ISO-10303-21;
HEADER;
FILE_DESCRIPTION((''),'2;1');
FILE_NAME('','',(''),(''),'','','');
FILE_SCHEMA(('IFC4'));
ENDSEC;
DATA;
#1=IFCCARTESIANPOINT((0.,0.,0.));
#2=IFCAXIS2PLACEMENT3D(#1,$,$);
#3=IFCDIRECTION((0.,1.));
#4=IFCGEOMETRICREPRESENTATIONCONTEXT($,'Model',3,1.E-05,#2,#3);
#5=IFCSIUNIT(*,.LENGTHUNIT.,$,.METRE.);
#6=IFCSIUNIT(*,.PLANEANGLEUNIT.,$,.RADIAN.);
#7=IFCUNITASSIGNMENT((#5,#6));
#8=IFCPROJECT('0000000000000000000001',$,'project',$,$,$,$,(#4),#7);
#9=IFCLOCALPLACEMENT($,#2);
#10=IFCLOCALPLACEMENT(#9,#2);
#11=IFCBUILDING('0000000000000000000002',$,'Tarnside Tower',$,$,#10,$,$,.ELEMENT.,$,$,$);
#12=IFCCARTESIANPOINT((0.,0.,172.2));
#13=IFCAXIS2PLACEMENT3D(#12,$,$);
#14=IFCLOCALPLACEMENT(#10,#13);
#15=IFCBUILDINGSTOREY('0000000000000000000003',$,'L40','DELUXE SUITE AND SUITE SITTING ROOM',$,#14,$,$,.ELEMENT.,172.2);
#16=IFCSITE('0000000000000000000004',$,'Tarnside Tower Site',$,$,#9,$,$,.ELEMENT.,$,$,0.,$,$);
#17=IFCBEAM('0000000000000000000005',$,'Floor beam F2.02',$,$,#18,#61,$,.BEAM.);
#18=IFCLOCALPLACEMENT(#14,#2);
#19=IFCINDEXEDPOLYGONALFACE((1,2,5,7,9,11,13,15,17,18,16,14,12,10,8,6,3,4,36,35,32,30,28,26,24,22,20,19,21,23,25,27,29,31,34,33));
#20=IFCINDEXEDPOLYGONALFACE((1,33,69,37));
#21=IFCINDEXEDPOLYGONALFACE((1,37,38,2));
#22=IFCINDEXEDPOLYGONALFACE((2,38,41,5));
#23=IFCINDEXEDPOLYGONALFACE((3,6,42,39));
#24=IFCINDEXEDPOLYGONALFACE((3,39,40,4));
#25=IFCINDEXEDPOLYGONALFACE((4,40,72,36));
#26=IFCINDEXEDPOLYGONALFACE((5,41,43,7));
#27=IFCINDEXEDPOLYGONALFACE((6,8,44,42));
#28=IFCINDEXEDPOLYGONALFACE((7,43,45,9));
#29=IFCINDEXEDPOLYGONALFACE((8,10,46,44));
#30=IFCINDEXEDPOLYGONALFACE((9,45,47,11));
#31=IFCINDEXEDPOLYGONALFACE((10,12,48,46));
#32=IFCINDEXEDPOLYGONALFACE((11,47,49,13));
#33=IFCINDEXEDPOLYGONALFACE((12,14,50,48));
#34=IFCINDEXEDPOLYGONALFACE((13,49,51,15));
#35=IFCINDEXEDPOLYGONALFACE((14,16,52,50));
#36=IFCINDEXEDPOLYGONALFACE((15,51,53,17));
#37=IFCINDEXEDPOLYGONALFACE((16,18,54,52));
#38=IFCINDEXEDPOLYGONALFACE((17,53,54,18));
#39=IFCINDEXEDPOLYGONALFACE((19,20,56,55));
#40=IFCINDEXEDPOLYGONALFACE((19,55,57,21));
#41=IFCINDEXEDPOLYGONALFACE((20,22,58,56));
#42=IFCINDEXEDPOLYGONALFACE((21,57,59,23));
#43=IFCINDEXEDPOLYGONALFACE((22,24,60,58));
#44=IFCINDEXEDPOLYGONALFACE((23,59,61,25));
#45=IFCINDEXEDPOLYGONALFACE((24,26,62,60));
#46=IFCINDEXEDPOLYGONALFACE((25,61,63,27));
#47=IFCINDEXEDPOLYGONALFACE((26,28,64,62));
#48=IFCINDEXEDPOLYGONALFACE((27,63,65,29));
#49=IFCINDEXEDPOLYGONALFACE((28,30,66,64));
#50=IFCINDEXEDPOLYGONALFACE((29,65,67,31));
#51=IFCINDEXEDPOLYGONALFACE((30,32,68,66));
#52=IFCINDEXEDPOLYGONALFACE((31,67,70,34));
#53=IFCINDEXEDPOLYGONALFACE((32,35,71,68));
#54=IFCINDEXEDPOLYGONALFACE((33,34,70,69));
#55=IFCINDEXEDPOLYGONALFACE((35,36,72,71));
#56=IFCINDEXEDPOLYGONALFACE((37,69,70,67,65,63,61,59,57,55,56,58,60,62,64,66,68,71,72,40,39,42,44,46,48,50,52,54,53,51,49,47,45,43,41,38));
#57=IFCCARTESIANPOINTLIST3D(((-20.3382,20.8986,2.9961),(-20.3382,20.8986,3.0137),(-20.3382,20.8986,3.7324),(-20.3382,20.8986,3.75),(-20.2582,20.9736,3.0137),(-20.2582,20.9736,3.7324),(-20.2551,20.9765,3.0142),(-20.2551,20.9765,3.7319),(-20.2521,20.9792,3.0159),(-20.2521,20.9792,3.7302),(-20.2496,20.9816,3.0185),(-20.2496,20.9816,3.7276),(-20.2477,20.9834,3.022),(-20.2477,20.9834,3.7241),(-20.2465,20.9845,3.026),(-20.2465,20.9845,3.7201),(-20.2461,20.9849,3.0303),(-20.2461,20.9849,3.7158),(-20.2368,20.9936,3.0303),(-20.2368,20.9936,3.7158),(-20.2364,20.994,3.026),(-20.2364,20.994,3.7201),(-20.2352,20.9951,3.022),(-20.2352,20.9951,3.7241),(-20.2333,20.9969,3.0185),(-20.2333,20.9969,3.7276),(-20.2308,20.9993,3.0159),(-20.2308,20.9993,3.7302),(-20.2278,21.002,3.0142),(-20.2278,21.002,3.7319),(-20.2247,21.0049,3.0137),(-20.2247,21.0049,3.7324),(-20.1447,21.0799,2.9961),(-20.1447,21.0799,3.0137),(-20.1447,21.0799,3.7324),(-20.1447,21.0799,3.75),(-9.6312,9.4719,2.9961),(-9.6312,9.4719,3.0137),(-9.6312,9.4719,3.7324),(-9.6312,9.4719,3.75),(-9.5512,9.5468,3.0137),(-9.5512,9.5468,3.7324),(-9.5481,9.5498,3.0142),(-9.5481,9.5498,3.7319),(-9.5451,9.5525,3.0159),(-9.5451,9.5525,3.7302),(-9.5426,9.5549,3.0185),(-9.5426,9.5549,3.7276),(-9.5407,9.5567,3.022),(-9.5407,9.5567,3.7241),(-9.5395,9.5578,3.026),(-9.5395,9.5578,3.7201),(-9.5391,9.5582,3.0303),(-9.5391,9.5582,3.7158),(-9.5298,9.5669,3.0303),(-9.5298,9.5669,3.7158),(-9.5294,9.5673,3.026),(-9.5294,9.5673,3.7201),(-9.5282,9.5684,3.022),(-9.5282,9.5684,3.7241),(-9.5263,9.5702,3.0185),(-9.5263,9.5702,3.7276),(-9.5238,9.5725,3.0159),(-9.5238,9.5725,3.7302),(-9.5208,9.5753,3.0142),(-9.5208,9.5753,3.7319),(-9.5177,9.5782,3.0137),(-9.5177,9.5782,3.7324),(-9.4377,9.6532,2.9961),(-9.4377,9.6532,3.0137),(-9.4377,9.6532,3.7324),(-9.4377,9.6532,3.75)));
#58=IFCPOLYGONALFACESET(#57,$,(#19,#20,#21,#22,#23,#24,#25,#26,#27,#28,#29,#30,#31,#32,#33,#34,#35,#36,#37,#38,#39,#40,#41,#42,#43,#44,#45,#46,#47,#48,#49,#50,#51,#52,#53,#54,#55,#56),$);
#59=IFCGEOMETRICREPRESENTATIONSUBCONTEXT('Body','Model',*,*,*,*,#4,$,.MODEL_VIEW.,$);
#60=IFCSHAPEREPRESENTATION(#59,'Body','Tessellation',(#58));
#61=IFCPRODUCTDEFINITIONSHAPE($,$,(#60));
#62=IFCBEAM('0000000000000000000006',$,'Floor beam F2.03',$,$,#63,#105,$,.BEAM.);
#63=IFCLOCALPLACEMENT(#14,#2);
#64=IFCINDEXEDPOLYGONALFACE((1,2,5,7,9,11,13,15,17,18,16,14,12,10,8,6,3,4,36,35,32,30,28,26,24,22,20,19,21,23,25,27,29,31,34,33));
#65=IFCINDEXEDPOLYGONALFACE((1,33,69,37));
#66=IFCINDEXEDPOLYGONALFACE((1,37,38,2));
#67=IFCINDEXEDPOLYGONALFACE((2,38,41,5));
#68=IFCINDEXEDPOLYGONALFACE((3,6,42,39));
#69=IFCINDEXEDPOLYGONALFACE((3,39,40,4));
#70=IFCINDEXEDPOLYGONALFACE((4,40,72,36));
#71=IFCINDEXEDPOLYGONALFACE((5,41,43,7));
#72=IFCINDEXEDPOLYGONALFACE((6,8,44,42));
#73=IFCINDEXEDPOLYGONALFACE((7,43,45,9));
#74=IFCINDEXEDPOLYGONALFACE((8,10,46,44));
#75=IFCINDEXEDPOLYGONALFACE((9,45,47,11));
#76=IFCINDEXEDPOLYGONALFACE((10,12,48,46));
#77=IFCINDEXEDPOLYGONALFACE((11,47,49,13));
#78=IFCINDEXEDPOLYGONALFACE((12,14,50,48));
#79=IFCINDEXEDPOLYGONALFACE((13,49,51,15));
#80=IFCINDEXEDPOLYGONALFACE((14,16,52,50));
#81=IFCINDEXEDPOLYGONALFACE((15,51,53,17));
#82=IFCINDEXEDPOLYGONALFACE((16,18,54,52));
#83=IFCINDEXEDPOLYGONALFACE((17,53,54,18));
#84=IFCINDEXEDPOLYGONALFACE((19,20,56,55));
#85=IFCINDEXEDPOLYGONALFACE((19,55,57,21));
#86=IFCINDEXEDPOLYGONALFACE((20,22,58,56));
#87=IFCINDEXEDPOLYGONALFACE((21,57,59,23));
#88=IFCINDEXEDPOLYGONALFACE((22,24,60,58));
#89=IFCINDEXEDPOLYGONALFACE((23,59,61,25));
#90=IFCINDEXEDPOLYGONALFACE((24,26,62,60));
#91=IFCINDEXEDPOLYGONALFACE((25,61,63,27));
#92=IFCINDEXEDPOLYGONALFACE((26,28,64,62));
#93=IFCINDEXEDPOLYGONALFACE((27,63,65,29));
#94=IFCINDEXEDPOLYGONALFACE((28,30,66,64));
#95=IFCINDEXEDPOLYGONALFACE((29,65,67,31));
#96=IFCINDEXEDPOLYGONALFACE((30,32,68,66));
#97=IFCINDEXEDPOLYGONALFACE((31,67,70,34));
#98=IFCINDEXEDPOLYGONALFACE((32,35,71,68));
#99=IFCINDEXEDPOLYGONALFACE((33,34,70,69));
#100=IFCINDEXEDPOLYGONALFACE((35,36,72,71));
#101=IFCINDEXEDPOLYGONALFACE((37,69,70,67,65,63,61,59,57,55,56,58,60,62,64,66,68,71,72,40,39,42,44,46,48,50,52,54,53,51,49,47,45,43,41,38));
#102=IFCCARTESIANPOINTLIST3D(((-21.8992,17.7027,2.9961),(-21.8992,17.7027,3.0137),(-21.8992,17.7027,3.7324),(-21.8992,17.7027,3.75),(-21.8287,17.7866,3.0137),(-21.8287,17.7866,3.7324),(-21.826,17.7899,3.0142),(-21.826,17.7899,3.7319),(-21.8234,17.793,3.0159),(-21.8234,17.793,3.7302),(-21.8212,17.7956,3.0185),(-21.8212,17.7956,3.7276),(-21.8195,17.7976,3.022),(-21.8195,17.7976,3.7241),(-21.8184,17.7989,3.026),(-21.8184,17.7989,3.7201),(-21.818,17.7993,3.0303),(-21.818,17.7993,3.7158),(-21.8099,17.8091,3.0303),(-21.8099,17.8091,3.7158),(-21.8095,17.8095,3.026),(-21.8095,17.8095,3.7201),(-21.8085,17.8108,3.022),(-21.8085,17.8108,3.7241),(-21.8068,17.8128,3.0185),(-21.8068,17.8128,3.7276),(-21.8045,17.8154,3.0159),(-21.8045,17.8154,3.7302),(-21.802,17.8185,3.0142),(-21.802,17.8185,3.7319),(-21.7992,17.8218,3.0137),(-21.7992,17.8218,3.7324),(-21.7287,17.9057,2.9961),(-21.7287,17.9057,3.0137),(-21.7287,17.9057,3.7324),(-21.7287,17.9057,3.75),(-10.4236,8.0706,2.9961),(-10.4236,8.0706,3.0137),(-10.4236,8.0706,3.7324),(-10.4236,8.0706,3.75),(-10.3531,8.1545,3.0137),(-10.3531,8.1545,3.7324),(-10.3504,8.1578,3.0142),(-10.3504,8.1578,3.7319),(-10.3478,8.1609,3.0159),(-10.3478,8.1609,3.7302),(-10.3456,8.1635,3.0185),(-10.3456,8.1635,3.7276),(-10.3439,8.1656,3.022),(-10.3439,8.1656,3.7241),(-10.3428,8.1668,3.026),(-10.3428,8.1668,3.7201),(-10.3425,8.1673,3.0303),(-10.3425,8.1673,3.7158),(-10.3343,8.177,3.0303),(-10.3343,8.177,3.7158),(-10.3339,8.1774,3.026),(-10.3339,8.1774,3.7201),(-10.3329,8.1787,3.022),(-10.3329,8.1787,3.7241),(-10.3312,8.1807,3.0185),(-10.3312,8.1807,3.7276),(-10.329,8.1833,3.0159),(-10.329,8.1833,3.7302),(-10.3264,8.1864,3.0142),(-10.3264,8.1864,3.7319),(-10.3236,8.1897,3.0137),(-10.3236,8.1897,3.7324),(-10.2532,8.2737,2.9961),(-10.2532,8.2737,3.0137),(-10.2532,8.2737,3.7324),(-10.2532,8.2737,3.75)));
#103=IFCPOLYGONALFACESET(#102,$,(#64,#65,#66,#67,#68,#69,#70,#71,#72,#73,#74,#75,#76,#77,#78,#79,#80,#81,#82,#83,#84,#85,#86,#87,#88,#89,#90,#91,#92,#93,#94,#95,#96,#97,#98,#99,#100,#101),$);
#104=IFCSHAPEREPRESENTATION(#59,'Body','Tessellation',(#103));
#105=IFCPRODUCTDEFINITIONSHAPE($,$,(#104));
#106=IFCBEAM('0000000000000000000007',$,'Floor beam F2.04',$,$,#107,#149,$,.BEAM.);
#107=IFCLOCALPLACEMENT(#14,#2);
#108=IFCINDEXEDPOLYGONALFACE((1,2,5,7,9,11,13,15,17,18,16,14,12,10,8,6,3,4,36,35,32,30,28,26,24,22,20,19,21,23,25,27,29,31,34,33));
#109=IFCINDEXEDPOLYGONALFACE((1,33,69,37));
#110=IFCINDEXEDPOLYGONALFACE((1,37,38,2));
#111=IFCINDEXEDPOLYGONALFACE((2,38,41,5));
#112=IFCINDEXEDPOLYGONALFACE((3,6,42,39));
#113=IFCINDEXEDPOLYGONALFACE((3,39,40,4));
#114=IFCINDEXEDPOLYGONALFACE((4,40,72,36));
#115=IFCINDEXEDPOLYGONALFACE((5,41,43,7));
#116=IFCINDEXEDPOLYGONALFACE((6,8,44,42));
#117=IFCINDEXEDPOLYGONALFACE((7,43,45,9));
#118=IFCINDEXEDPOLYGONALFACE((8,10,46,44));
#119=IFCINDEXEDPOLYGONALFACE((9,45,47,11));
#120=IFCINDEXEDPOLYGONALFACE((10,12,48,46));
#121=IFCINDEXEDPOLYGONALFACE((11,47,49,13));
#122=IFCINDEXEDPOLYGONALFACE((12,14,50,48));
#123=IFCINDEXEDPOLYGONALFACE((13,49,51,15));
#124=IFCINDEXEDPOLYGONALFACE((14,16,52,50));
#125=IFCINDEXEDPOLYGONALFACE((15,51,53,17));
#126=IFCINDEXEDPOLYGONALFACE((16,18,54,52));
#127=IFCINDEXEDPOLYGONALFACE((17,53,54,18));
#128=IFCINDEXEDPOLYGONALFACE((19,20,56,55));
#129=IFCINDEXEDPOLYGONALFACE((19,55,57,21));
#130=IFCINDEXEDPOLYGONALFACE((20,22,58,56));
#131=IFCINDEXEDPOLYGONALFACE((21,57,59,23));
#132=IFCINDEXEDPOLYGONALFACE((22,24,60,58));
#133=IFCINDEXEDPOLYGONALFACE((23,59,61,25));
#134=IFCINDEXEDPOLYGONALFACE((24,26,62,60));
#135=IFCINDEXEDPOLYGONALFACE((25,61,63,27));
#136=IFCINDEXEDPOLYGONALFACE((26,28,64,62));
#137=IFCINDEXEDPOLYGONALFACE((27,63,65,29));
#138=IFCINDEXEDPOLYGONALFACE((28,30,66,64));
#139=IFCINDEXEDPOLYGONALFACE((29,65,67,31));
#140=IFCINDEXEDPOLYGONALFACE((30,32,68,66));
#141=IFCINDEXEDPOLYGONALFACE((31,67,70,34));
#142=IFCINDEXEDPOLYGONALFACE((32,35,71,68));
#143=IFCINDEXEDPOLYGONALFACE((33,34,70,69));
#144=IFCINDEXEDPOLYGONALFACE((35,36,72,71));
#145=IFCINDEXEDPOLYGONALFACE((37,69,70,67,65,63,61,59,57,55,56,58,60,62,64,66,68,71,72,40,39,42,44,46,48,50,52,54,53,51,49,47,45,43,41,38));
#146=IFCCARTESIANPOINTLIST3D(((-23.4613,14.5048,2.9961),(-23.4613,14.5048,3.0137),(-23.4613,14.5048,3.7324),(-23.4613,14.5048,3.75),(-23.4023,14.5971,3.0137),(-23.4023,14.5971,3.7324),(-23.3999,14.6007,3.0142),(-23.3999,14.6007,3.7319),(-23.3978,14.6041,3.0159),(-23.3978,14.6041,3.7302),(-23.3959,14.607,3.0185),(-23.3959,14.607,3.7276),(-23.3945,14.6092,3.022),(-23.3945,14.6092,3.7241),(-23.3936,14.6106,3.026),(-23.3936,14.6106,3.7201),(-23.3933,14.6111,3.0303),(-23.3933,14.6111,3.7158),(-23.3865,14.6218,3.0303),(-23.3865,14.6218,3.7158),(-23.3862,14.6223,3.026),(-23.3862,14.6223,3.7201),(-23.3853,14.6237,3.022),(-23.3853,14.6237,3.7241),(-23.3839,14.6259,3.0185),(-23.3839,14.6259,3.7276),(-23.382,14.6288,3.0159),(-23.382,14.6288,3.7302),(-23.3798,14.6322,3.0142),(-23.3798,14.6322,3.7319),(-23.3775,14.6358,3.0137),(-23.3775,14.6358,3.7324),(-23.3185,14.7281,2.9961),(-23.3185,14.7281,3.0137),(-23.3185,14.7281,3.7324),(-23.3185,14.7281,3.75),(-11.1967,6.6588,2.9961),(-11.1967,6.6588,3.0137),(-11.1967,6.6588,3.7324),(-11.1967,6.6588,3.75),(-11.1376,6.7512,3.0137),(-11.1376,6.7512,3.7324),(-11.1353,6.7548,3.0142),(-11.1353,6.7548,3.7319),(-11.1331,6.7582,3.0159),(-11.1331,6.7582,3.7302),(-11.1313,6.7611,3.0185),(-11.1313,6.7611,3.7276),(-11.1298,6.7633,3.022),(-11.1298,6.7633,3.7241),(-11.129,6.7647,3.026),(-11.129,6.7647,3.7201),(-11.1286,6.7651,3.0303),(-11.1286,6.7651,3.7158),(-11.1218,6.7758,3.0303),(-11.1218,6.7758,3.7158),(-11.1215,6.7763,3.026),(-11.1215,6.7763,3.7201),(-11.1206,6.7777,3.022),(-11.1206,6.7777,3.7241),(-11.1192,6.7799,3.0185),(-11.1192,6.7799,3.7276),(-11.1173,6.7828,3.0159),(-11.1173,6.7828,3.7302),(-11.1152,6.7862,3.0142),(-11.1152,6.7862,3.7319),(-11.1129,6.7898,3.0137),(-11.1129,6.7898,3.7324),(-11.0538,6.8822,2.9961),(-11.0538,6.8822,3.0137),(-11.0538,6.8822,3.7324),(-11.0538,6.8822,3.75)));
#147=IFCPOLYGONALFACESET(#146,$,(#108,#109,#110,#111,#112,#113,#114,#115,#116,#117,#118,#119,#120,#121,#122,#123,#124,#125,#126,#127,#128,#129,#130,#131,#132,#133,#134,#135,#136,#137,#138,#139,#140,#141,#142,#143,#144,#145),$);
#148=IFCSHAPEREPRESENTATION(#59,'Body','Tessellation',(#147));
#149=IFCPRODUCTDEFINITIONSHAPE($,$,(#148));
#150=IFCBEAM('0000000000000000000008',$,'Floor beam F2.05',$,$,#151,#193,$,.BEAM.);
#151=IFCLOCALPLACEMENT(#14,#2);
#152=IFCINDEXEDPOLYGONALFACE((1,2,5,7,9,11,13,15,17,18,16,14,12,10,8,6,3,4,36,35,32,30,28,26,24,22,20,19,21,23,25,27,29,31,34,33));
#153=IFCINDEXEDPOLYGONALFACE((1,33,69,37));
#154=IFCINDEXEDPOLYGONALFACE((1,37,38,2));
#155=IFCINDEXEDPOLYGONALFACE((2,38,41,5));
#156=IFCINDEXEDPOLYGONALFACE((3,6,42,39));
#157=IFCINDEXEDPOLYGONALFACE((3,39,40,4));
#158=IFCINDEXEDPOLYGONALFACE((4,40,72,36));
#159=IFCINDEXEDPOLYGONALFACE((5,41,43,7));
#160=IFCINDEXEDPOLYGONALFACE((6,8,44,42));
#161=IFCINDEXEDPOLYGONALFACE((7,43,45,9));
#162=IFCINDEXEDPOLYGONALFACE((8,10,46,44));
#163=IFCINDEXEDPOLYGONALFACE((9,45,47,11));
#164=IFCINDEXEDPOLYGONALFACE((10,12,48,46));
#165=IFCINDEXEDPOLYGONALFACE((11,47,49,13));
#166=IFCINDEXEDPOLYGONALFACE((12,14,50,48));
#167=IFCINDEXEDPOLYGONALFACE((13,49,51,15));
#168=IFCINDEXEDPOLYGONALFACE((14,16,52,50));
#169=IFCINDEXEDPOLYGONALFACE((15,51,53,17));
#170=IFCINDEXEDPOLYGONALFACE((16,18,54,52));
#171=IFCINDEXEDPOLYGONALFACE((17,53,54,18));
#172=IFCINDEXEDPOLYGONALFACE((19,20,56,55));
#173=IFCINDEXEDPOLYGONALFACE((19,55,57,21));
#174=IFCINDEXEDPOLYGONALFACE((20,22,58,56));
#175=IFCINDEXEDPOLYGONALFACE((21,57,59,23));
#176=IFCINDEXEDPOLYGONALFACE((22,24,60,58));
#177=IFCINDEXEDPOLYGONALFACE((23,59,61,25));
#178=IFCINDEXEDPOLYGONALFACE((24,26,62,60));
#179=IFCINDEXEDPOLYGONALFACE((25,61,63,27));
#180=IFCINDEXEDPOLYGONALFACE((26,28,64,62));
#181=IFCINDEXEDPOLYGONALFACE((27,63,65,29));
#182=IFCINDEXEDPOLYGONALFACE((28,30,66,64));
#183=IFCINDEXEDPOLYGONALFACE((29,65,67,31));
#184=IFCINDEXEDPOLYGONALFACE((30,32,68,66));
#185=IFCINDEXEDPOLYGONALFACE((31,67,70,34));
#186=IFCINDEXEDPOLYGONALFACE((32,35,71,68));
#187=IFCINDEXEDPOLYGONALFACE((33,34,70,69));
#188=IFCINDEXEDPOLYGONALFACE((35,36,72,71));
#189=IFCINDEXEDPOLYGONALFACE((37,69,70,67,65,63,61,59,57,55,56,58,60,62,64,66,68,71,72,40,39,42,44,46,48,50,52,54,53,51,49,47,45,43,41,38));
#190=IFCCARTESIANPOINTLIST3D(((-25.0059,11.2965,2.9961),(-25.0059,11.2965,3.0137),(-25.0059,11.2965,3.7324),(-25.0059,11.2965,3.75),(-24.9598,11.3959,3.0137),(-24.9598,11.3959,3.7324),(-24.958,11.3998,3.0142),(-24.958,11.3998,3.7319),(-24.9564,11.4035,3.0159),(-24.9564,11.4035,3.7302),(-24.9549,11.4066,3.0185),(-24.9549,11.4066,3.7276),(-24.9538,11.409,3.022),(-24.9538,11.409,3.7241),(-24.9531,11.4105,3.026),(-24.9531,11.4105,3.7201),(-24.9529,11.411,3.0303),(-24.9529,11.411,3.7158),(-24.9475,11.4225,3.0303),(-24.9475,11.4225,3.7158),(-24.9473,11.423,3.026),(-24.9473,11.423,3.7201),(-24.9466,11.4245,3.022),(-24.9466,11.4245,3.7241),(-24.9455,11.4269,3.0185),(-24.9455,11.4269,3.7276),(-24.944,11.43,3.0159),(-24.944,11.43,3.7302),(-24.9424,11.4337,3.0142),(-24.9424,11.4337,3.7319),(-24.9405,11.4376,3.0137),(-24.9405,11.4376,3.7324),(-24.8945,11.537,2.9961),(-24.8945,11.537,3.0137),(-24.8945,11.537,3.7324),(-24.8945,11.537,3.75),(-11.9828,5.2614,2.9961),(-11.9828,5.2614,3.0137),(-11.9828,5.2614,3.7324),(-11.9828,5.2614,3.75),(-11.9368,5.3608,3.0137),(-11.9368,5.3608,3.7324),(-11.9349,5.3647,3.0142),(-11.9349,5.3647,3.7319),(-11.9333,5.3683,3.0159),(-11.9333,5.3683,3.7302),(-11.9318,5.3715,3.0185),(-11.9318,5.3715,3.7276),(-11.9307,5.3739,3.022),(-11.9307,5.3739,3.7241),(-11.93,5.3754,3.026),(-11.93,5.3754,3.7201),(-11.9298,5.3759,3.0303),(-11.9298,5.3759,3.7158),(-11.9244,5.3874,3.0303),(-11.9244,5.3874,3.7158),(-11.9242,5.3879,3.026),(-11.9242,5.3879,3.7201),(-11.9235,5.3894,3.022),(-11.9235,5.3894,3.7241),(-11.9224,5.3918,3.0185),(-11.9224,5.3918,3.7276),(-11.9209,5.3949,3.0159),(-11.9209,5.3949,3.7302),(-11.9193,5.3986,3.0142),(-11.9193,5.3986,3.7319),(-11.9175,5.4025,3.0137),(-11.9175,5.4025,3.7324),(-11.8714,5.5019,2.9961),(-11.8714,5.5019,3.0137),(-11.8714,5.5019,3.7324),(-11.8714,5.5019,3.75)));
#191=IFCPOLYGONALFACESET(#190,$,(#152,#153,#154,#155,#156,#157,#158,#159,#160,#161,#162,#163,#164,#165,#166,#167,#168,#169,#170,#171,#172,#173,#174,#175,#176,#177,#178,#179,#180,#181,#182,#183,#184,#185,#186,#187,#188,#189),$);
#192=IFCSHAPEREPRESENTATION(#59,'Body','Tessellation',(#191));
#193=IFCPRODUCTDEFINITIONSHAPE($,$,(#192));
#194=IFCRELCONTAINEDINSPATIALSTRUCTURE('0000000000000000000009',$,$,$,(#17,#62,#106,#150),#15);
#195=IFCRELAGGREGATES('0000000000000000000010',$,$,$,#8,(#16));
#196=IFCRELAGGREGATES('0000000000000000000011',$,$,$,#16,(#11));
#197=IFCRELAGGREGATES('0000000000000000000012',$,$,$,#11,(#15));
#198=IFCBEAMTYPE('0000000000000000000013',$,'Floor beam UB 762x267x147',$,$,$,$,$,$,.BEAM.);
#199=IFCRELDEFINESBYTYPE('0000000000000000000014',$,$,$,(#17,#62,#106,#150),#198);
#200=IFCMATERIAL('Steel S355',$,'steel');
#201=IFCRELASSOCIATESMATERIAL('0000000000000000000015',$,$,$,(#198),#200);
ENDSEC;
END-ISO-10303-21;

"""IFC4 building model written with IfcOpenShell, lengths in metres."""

from ifc_helpers import new_model, si_unit, direction, frame, origin, origin_2d, place, context, subcontext, project, spatial, i_section, extrude, material, material_profile, profile_set, type_object, element, save


model = new_model("IFC4")

# Units and contexts
model_context = context("Model", 3, precision=1e-05, world=origin(), true_north=direction((0.0, 1.0)))
body_context = subcontext(model_context, "Body", "Model", "MODEL_VIEW")
ifc_project = project(units=[si_unit("LENGTHUNIT", "METRE"), si_unit("PLANEANGLEUNIT", "RADIAN")], contexts=[model_context])

# Site, building, storey
site_placement = place(None, origin())
site = spatial("IfcSite", under=ifc_project, at=site_placement, Name="Tarnside Tower Site", CompositionType="ELEMENT", RefElevation=0.0)
building_placement = place(site_placement, origin())
building = spatial("IfcBuilding", under=site, at=building_placement, Name="Tarnside Tower", CompositionType="ELEMENT")
storey_placement = place(building_placement, frame((0.0, 0.0, 172.2)))
storey = spatial("IfcBuildingStorey", under=building, at=storey_placement, Name="L40", Description="DELUXE SUITE AND SUITE SITTING ROOM", CompositionType="ELEMENT", Elevation=172.2)

# Beams
ifc_material_1 = material(Name="Steel S355", Category="steel")
ifc_material_profile_1 = material_profile(ifc_material_1, i_section(OverallWidth=0.2651, OverallDepth=0.7539, WebThickness=0.0127, FlangeThickness=0.0176, FilletRadius=0.0166, at=origin_2d()), Name="UB 762x267x147")
ifc_profile_set_1 = profile_set([ifc_material_profile_1], Name="Steel S355")
beam_type_1 = type_object("IfcBeamType", Name="Floor beam UB 762x267x147", PredefinedType="BEAM", material=ifc_profile_set_1)
beam_1_placement = place(storey_placement, frame((-20.2415, 20.9893, 3.373), z_axis=(0.683752, -0.729714, 0.0), x_axis=(0.729714, 0.683752, 0.0)))
element("IfcBeam", 1, at=beam_1_placement, inside=storey, type_object=beam_type_1, Name="Floor beam F2.02", PredefinedType="BEAM", context=body_context, shape_type="SweptSolid", body=[
    extrude(i_section(OverallWidth=0.2651, OverallDepth=0.7539, WebThickness=0.0127, FlangeThickness=0.0176, FilletRadius=0.0166, at=origin_2d()), origin(), (0.0, 0.0, 1.0), 15.6592),
])
beam_2_placement = place(storey_placement, frame((-21.814, 17.8042, 3.373), z_axis=(0.765948, -0.642902, 0.0), x_axis=(0.642902, 0.765948, 0.0)))
element("IfcBeam", 2, at=beam_2_placement, inside=storey, type_object=beam_type_1, Name="Floor beam F2.03", PredefinedType="BEAM", context=body_context, shape_type="SweptSolid", body=[
    extrude(i_section(OverallWidth=0.2651, OverallDepth=0.7539, WebThickness=0.0127, FlangeThickness=0.0176, FilletRadius=0.0166, at=origin_2d()), origin(), (0.0, 0.0, 1.0), 14.9822),
])
beam_3_placement = place(storey_placement, frame((-23.3899, 14.6165, 3.373), z_axis=(0.842378, -0.538887, 0.0), x_axis=(0.538887, 0.842378, 0.0)))
element("IfcBeam", 3, at=beam_3_placement, inside=storey, type_object=beam_type_1, Name="Floor beam F2.04", PredefinedType="BEAM", context=body_context, shape_type="SweptSolid", body=[
    extrude(i_section(OverallWidth=0.2651, OverallDepth=0.7539, WebThickness=0.0127, FlangeThickness=0.0176, FilletRadius=0.0166, at=origin_2d()), origin(), (0.0, 0.0, 1.0), 14.5596),
])
beam_4_placement = place(storey_placement, frame((-24.9502, 11.4167, 3.373), z_axis=(0.90731, -0.420462, 0.0), x_axis=(0.420462, 0.90731, 0.0)))
element("IfcBeam", 4, at=beam_4_placement, inside=storey, type_object=beam_type_1, Name="Floor beam F2.05", PredefinedType="BEAM", context=body_context, shape_type="SweptSolid", body=[
    extrude(i_section(OverallWidth=0.2651, OverallDepth=0.7539, WebThickness=0.0127, FlangeThickness=0.0176, FilletRadius=0.0166, at=origin_2d()), origin(), (0.0, 0.0, 1.0), 14.3535),
])

save(model, "model.ifc")
